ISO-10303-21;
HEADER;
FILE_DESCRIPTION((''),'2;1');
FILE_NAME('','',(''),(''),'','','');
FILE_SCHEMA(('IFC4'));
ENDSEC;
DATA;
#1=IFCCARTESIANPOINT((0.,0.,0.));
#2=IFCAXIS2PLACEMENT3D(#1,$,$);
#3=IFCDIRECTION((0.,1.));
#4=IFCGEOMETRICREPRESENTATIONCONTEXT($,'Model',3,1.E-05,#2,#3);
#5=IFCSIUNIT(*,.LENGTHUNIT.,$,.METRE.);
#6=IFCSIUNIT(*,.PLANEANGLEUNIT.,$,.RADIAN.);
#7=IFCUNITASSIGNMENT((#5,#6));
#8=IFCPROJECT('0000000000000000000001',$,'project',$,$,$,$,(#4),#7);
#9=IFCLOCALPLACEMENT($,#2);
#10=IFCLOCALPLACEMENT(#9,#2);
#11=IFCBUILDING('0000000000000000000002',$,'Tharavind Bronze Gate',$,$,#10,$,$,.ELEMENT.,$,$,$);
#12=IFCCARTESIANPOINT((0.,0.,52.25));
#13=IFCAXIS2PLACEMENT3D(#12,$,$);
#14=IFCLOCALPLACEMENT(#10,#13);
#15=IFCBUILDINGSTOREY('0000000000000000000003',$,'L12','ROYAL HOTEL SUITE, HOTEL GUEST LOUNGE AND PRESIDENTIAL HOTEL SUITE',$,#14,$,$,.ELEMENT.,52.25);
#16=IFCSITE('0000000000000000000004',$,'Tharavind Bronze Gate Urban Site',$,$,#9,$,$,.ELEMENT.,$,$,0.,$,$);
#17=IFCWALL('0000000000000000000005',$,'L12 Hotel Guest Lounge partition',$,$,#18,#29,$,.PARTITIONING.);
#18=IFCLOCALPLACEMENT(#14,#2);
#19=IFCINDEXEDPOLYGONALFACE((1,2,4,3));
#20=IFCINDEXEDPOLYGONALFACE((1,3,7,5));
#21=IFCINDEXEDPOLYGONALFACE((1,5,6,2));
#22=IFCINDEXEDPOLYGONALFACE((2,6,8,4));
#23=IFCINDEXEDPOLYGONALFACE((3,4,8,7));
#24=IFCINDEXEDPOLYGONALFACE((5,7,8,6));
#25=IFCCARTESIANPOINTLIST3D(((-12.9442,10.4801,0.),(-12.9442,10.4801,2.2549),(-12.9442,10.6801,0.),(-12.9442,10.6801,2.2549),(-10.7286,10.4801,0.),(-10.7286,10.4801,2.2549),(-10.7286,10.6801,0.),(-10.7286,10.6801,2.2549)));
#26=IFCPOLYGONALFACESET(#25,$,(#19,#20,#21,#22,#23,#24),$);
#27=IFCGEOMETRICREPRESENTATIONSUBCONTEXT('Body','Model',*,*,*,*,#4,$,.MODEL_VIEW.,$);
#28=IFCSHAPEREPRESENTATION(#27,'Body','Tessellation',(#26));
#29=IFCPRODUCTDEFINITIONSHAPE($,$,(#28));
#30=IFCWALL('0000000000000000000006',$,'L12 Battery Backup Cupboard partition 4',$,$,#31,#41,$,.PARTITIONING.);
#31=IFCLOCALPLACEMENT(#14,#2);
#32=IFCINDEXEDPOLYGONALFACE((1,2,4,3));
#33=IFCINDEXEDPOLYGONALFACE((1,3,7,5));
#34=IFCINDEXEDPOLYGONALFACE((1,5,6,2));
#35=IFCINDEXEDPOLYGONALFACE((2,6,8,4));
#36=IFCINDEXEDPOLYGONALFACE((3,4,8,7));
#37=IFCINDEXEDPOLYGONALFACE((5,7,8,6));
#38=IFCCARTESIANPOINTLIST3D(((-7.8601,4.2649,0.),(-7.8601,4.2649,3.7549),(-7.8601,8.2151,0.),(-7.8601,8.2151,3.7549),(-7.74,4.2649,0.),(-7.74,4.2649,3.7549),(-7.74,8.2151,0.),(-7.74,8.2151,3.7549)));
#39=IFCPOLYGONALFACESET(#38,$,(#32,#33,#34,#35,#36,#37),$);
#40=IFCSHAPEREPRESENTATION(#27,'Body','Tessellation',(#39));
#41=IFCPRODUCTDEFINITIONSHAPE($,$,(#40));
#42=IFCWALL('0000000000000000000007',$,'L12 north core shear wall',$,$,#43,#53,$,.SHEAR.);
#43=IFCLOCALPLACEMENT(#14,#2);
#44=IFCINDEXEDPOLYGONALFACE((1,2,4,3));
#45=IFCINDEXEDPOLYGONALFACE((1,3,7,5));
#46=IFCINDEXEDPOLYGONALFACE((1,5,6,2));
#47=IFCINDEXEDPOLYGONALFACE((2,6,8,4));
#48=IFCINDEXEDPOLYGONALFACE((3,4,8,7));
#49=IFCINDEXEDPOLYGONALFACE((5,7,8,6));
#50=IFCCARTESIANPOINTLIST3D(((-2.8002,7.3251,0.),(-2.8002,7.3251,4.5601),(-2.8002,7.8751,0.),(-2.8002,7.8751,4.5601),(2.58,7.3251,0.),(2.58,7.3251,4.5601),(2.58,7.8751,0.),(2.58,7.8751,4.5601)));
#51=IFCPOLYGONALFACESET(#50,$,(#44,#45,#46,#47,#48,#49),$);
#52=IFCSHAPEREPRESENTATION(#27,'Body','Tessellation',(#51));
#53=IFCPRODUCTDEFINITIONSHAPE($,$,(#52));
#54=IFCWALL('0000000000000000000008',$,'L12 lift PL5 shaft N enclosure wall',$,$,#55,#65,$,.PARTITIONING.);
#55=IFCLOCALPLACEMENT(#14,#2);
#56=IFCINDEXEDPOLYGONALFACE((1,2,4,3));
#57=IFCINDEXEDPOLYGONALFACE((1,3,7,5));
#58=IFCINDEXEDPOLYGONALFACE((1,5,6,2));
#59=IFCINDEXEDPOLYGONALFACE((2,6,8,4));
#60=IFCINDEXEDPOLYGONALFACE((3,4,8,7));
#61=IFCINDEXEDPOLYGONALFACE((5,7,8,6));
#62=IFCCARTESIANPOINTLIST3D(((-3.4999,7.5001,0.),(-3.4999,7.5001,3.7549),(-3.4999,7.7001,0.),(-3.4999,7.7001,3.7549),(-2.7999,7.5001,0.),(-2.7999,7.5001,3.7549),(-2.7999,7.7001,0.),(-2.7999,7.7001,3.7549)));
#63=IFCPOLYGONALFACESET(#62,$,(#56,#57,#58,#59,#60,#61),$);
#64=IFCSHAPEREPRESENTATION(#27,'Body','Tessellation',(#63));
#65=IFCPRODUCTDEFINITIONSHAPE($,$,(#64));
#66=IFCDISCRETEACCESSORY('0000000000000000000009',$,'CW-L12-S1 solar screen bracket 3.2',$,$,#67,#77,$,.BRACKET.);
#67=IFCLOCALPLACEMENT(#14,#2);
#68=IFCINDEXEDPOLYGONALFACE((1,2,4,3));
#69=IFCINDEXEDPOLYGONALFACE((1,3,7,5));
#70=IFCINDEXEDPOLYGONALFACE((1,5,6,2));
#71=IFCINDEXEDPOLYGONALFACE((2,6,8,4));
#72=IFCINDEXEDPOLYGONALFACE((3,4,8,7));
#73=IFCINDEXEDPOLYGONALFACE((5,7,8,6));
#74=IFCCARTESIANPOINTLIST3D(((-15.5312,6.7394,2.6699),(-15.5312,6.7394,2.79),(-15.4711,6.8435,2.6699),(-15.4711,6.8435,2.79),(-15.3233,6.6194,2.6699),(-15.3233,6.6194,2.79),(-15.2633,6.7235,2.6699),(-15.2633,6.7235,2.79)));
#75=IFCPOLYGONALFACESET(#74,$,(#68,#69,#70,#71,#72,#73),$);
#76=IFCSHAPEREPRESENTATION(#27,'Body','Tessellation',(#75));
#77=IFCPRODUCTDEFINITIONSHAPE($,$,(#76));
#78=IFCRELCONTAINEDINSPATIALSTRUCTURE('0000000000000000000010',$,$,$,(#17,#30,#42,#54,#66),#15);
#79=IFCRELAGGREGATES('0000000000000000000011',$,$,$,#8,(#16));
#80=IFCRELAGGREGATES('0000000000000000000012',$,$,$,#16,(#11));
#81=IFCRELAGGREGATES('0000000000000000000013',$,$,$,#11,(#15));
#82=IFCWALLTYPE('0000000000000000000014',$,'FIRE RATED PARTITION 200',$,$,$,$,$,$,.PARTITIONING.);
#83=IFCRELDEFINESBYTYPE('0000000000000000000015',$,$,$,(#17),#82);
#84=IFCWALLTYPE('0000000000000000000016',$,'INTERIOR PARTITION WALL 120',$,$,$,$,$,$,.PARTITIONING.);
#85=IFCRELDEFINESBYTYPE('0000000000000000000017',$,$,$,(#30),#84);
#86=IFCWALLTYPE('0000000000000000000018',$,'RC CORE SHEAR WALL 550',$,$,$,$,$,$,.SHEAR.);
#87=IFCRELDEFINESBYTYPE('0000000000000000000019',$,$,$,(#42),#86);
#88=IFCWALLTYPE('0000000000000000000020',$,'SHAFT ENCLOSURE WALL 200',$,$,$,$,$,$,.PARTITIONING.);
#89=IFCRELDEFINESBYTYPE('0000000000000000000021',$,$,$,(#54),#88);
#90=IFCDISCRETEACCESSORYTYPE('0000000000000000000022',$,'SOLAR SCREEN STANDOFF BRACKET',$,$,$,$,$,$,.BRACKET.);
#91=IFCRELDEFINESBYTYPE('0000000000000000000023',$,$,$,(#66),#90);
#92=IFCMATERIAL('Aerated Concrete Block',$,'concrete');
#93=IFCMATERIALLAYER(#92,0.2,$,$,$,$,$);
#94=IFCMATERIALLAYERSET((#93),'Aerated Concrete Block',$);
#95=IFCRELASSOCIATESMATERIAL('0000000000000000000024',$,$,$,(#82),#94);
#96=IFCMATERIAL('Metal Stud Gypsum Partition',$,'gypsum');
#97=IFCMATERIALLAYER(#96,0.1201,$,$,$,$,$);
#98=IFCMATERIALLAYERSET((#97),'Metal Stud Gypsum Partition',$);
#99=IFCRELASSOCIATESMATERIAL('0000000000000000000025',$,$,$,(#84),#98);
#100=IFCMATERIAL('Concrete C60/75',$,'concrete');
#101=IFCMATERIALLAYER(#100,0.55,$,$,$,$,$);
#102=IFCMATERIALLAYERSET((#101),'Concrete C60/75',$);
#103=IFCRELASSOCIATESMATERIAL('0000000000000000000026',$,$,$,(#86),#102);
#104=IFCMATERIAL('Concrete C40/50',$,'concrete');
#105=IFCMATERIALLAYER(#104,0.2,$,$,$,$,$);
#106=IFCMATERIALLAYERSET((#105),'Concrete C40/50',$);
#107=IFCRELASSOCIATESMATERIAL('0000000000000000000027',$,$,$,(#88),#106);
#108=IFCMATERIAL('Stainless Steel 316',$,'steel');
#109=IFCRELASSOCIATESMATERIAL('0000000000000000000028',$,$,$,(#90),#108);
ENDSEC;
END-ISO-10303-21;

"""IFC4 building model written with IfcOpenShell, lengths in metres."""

from ifc_helpers import new_model, si_unit, direction, frame, frame_2d, origin, origin_2d, place, context, subcontext, project, spatial, rectangle, extrude, material, layer, layer_set, type_object, element, save


model = new_model("IFC4")

# Units and contexts
model_context = context("Model", 3, precision=1e-05, world=origin(), true_north=direction((0.0, 1.0)))
body_context = subcontext(model_context, "Body", "Model", "MODEL_VIEW")
ifc_project = project(units=[si_unit("LENGTHUNIT", "METRE"), si_unit("PLANEANGLEUNIT", "RADIAN")], contexts=[model_context])

# Site, building, storey
site_placement = place(None, origin())
site = spatial("IfcSite", under=ifc_project, at=site_placement, Name="Tharavind Bronze Gate Urban Site", CompositionType="ELEMENT", RefElevation=0.0)
building_placement = place(site_placement, origin())
building = spatial("IfcBuilding", under=site, at=building_placement, Name="Tharavind Bronze Gate", CompositionType="ELEMENT")
storey_placement = place(building_placement, frame((0.0, 0.0, 52.25)))
storey = spatial("IfcBuildingStorey", under=building, at=storey_placement, Name="L12", Description="ROYAL HOTEL SUITE, HOTEL GUEST LOUNGE AND PRESIDENTIAL HOTEL SUITE", CompositionType="ELEMENT", Elevation=52.25)

# Shared definitions
ifc_material_1 = material(Name="Aerated Concrete Block", Category="concrete")
ifc_layer_1 = layer(ifc_material_1, 0.2)
ifc_layer_set_1 = layer_set([ifc_layer_1], Name="Aerated Concrete Block")
wall_type_1 = type_object("IfcWallType", Name="FIRE RATED PARTITION 200", PredefinedType="PARTITIONING", material=ifc_layer_set_1)

# Wall
wall_1_placement = place(storey_placement, frame((-10.7285, 10.5801, 0.0), z_axis=(0.0, 0.0, 1.0), x_axis=(-1.0, 0.0, 0.0)))
element("IfcWall", 1, at=wall_1_placement, inside=storey, type_object=wall_type_1, Name="L12 Hotel Guest Lounge partition", PredefinedType="PARTITIONING", context=body_context, shape_type="SweptSolid", body=[
    extrude(rectangle(XDim=2.2156, YDim=0.2, at=frame_2d((1.1079, 0.0))), origin(), (0.0, 0.0, 1.0), 2.2549),
])

# Walls
ifc_material_2 = material(Name="Metal Stud Gypsum Partition", Category="gypsum")
ifc_layer_2 = layer(ifc_material_2, 0.1201)
ifc_layer_set_2 = layer_set([ifc_layer_2], Name="Metal Stud Gypsum Partition")
wall_type_2 = type_object("IfcWallType", Name="INTERIOR PARTITION WALL 120", PredefinedType="PARTITIONING", material=ifc_layer_set_2)
wall_2_placement = place(storey_placement, frame((-7.8, 8.2151, 0.0), z_axis=(0.0, 0.0, 1.0), x_axis=(0.0, -1.0, 0.0)))
element("IfcWall", 2, at=wall_2_placement, inside=storey, type_object=wall_type_2, Name="L12 Battery Backup Cupboard partition 4", PredefinedType="PARTITIONING", context=body_context, shape_type="SweptSolid", body=[
    extrude(rectangle(XDim=3.9502, YDim=0.1201, at=frame_2d((1.9751, 0.0))), origin(), (0.0, 0.0, 1.0), 3.7549),
])
ifc_material_3 = material(Name="Concrete C60/75", Category="concrete")
ifc_layer_3 = layer(ifc_material_3, 0.55)
ifc_layer_set_3 = layer_set([ifc_layer_3], Name="Concrete C60/75")
wall_type_3 = type_object("IfcWallType", Name="RC CORE SHEAR WALL 550", PredefinedType="SHEAR", material=ifc_layer_set_3)
wall_3_placement = place(storey_placement, frame((-2.8, 7.6001, 0.0), z_axis=(0.0, 0.0, 1.0), x_axis=(1.0, 0.0, 0.0)))
element("IfcWall", 3, at=wall_3_placement, inside=storey, type_object=wall_type_3, Name="L12 north core shear wall", PredefinedType="SHEAR", context=body_context, shape_type="SweptSolid", body=[
    extrude(rectangle(XDim=5.3801, YDim=0.55, at=frame_2d((2.6899, 0.0))), origin(), (0.0, 0.0, 1.0), 4.5601),
])
ifc_material_4 = material(Name="Concrete C40/50", Category="concrete")
ifc_layer_4 = layer(ifc_material_4, 0.2)
ifc_layer_set_4 = layer_set([ifc_layer_4], Name="Concrete C40/50")
wall_type_4 = type_object("IfcWallType", Name="SHAFT ENCLOSURE WALL 200", PredefinedType="PARTITIONING", material=ifc_layer_set_4)
wall_4_placement = place(storey_placement, frame((-3.5, 7.6001, 0.0), z_axis=(0.0, 0.0, 1.0), x_axis=(1.0, 0.0, 0.0)))
element("IfcWall", 4, at=wall_4_placement, inside=storey, type_object=wall_type_4, Name="L12 lift PL5 shaft N enclosure wall", PredefinedType="PARTITIONING", context=body_context, shape_type="SweptSolid", body=[
    extrude(rectangle(XDim=0.7, YDim=0.2, at=frame_2d((0.3501, 0.0))), origin(), (0.0, 0.0, 1.0), 3.7549),
])

# Discrete accessory
ifc_material_5 = material(Name="Stainless Steel 316", Category="steel")
discrete_accessory_type = type_object("IfcDiscreteAccessoryType", Name="SOLAR SCREEN STANDOFF BRACKET", PredefinedType="BRACKET", material=ifc_material_5)
discrete_accessory_placement = place(storey_placement, frame((-15.3972, 6.7314, 2.6699), z_axis=(0.0, 0.0, 1.0), x_axis=(-0.500002, -0.866025, 0.0)))
element("IfcDiscreteAccessory", 5, at=discrete_accessory_placement, inside=storey, type_object=discrete_accessory_type, Name="CW-L12-S1 solar screen bracket 3.2", PredefinedType="BRACKET", context=body_context, shape_type="SweptSolid", body=[
    extrude(rectangle(XDim=0.1201, YDim=0.24, at=origin_2d()), origin(), (0.0, 0.0, 1.0), 0.1201),
])

save(model, "model.ifc")
